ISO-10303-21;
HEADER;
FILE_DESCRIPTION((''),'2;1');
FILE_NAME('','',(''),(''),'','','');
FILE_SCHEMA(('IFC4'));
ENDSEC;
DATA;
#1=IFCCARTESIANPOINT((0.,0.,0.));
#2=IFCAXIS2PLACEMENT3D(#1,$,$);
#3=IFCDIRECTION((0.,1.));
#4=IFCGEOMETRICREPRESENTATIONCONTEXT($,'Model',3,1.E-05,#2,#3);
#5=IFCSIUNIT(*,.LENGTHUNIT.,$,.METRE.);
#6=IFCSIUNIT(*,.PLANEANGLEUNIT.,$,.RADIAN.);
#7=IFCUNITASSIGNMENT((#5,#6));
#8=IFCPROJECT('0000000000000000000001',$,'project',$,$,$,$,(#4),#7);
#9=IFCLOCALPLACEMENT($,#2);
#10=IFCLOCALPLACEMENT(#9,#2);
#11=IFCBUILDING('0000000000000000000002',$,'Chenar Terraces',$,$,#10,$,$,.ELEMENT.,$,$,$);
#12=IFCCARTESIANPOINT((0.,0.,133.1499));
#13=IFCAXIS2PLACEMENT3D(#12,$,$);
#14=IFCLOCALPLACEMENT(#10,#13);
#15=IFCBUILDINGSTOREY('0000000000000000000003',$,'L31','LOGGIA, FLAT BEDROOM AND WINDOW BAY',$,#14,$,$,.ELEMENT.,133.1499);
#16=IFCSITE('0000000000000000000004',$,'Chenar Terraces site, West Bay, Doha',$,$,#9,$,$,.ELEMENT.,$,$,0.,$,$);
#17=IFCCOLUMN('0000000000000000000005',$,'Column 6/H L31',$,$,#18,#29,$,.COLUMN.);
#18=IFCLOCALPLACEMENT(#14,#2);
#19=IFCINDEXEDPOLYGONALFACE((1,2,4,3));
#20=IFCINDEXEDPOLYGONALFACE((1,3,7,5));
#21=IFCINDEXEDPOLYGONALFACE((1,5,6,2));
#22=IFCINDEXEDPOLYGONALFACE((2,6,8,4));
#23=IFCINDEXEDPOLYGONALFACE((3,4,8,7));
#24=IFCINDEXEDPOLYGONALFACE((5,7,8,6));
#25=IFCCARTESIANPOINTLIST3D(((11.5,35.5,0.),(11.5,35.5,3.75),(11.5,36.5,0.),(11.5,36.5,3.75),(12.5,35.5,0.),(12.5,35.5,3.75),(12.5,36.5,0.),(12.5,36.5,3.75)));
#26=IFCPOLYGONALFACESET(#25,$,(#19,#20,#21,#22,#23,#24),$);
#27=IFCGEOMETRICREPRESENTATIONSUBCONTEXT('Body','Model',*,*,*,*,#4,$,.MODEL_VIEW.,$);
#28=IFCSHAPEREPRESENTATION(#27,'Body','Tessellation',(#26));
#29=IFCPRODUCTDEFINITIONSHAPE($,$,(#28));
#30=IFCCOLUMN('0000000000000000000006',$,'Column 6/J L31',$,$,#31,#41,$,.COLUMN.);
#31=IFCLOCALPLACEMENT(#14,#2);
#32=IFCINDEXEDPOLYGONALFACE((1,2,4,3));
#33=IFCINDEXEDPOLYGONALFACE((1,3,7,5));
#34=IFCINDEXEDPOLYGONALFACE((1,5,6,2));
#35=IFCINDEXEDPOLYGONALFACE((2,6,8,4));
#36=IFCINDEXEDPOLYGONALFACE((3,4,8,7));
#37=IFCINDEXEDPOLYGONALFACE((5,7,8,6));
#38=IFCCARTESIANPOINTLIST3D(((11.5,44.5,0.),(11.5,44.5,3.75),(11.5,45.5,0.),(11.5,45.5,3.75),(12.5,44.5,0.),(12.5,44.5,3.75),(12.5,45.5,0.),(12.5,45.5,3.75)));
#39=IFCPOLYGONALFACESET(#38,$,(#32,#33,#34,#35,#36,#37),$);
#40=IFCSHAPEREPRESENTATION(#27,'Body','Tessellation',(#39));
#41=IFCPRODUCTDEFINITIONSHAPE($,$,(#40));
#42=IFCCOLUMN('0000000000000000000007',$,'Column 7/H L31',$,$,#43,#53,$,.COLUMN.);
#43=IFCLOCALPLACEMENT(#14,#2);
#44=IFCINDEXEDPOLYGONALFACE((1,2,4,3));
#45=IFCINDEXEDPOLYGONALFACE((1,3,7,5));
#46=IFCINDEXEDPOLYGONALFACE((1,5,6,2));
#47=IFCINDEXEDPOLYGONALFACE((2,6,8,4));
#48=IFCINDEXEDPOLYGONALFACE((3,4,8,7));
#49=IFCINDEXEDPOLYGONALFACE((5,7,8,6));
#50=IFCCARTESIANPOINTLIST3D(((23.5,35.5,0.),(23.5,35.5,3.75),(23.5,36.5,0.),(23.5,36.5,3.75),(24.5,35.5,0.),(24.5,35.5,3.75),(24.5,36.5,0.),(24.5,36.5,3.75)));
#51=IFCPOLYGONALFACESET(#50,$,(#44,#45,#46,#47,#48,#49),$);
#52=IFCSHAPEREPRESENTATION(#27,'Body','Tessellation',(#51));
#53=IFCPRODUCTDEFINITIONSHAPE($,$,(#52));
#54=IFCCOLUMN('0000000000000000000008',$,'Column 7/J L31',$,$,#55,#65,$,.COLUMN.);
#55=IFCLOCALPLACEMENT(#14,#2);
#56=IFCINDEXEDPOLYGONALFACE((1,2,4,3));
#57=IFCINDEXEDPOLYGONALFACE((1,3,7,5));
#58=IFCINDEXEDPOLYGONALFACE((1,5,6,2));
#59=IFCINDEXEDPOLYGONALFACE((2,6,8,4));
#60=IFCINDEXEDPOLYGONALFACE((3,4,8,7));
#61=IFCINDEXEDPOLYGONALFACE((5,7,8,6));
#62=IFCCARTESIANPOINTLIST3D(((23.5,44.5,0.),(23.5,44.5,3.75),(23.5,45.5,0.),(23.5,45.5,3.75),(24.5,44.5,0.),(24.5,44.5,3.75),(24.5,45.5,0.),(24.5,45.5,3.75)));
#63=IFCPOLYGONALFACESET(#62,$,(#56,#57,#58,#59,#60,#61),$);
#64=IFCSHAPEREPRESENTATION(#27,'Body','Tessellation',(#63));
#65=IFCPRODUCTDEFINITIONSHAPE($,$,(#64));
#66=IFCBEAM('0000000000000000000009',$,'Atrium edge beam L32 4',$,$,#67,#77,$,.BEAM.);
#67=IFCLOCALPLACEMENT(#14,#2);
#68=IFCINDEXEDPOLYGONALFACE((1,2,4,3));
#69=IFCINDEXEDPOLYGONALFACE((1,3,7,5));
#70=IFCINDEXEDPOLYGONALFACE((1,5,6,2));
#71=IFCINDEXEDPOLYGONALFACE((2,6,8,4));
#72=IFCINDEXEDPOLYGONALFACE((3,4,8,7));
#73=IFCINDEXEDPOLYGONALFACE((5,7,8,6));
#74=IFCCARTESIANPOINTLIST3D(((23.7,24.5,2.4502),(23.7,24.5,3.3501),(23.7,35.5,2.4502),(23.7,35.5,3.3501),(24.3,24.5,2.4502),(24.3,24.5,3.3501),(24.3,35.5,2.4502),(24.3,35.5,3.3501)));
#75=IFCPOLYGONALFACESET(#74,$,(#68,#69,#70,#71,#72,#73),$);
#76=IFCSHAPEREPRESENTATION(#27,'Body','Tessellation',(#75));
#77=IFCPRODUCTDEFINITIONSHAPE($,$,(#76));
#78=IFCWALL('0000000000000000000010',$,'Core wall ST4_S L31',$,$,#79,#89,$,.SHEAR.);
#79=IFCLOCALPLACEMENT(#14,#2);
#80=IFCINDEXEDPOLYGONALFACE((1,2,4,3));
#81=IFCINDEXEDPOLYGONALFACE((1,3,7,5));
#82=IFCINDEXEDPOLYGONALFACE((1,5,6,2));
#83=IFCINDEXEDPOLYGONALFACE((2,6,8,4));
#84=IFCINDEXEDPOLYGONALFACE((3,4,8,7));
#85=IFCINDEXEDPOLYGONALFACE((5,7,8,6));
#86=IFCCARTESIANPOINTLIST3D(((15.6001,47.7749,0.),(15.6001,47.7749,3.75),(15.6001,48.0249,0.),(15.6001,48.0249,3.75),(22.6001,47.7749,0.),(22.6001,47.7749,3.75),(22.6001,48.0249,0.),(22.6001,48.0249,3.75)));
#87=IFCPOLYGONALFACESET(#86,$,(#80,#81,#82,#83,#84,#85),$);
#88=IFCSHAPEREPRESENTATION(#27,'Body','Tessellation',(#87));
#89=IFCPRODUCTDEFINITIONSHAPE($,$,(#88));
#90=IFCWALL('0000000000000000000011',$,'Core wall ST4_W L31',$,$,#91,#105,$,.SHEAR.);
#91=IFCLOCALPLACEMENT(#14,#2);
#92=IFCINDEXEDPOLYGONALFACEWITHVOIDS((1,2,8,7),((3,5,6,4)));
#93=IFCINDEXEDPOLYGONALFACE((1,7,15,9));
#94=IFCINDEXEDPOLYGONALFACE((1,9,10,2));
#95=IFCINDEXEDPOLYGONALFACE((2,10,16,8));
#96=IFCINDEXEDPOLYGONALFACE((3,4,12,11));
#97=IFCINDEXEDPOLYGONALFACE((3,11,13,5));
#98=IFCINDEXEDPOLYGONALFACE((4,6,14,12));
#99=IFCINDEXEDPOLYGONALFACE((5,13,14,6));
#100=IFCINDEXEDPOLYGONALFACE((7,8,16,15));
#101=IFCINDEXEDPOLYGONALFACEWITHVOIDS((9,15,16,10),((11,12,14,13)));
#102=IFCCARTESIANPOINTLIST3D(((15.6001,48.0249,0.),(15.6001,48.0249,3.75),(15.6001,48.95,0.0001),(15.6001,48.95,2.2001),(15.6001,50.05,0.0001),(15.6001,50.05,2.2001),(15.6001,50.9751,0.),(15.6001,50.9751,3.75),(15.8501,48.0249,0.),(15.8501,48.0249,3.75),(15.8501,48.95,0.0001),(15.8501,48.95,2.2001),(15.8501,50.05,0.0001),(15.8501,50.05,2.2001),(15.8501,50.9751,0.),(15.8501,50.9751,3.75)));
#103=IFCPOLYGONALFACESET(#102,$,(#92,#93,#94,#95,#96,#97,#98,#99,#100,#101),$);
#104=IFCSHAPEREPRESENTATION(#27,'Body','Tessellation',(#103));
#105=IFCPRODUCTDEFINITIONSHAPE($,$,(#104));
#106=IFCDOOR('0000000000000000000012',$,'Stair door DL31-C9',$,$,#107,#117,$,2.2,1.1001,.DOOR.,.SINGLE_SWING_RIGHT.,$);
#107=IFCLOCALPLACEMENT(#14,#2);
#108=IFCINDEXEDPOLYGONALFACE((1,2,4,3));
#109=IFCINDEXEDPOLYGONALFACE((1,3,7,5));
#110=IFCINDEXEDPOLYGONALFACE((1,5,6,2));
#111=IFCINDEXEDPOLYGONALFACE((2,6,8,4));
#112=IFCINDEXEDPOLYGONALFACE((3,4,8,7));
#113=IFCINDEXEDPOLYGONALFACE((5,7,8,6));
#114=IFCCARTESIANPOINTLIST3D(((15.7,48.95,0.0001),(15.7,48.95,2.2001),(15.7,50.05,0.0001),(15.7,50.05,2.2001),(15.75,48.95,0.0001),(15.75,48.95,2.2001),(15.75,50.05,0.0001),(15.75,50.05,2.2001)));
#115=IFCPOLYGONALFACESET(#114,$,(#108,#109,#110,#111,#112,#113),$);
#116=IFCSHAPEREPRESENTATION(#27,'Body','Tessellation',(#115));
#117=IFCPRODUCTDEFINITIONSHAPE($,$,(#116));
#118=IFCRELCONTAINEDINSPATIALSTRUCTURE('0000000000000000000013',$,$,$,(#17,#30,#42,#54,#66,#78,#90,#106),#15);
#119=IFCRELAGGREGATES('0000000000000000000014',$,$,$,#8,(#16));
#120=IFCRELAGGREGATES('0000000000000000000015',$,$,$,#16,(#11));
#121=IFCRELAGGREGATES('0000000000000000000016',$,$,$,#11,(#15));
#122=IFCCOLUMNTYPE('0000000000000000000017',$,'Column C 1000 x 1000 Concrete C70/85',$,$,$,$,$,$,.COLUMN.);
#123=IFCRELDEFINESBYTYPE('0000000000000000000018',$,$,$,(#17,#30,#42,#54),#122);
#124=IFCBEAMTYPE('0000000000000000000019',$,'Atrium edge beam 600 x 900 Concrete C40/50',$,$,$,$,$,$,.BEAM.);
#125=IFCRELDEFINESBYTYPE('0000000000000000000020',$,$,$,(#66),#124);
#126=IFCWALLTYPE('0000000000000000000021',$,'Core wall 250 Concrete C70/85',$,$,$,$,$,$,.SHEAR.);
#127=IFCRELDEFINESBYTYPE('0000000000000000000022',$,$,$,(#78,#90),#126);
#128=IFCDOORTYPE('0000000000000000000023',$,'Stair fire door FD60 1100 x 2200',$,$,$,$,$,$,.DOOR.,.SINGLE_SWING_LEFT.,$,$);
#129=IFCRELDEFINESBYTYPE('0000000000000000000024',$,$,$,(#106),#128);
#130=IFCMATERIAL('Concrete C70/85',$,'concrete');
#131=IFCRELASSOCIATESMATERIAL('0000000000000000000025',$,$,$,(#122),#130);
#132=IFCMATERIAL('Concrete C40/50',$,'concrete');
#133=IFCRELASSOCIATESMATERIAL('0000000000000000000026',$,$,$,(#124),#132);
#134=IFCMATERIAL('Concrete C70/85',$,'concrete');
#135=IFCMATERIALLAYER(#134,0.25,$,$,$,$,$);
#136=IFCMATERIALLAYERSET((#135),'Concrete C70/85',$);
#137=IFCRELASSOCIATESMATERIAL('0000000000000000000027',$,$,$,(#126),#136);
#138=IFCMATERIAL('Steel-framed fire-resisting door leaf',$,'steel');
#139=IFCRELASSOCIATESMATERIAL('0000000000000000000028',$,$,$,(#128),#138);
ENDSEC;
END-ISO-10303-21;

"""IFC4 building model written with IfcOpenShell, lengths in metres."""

from ifc_helpers import new_model, si_unit, direction, frame, frame_2d, origin, origin_2d, place, context, subcontext, project, spatial, rectangle, extrude, material, layer, layer_set, material_profile, profile_set, type_object, element, fill, save


model = new_model("IFC4")

# Units and contexts
model_context = context("Model", 3, precision=1e-05, world=origin(), true_north=direction((0.0, 1.0)))
body_context = subcontext(model_context, "Body", "Model", "MODEL_VIEW")
ifc_project = project(units=[si_unit("LENGTHUNIT", "METRE"), si_unit("PLANEANGLEUNIT", "RADIAN")], contexts=[model_context])

# Site, building, storey
site_placement = place(None, origin())
site = spatial("IfcSite", under=ifc_project, at=site_placement, Name="Chenar Terraces site, West Bay, Doha", CompositionType="ELEMENT", RefElevation=0.0)
building_placement = place(site_placement, origin())
building = spatial("IfcBuilding", under=site, at=building_placement, Name="Chenar Terraces", CompositionType="ELEMENT")
storey_placement = place(building_placement, frame((0.0, 0.0, 133.1499)))
storey = spatial("IfcBuildingStorey", under=building, at=storey_placement, Name="L31", Description="LOGGIA, FLAT BEDROOM AND WINDOW BAY", CompositionType="ELEMENT", Elevation=133.1499)

# Columns
ifc_material_1 = material(Name="Concrete C70/85", Category="concrete")
ifc_material_profile_1 = material_profile(ifc_material_1, rectangle(XDim=1.0, YDim=1.0, at=origin_2d()), Name="C 1000 x 1000")
ifc_profile_set_1 = profile_set([ifc_material_profile_1], Name="Concrete C70/85")
column_type = type_object("IfcColumnType", Name="Column C 1000 x 1000 Concrete C70/85", PredefinedType="COLUMN", material=ifc_profile_set_1)
for number, where, z_axis, x_axis, name in (
    (1, (12.0, 36.0, 0.0), (0.0, 0.0, 1.0), (1.0, 0.0, 0.0), "Column 6/H L31"),
    (2, (12.0, 45.0, 0.0), (0.0, 0.0, 1.0), (1.0, 0.0, 0.0), "Column 6/J L31"),
    (3, (24.0, 36.0, 0.0), (0.0, 0.0, 1.0), (1.0, 0.0, 0.0), "Column 7/H L31"),
    (4, (24.0, 45.0, 0.0), (0.0, 0.0, 1.0), (1.0, 0.0, 0.0), "Column 7/J L31"),
):
    element("IfcColumn", number, at=place(storey_placement, frame(where, z_axis=z_axis, x_axis=x_axis)), inside=storey, type_object=column_type, Name=name, PredefinedType="COLUMN", context=body_context, shape_type="SweptSolid", body=[
        extrude(rectangle(XDim=1.0, YDim=1.0, at=origin_2d()), origin(), (0.0, 0.0, 1.0), 3.75),
    ])

# Beam
ifc_material_2 = material(Name="Concrete C40/50", Category="concrete")
ifc_material_profile_2 = material_profile(ifc_material_2, rectangle(XDim=0.6001, YDim=0.8999, at=origin_2d()), Name="RC 600 x 900")
ifc_profile_set_2 = profile_set([ifc_material_profile_2], Name="Concrete C40/50")
beam_type = type_object("IfcBeamType", Name="Atrium edge beam 600 x 900 Concrete C40/50", PredefinedType="BEAM", material=ifc_profile_set_2)
beam_placement = place(storey_placement, frame((24.0, 35.5, 2.9001), z_axis=(0.0, -1.0, 0.0), x_axis=(1.0, 0.0, 0.0)))
element("IfcBeam", 5, at=beam_placement, inside=storey, type_object=beam_type, Name="Atrium edge beam L32 4", PredefinedType="BEAM", context=body_context, shape_type="SweptSolid", body=[
    extrude(rectangle(XDim=0.6001, YDim=0.8999, at=origin_2d()), origin(), (0.0, 0.0, 1.0), 11.0),
])

# Wall
ifc_material_3 = material(Name="Concrete C70/85", Category="concrete")
ifc_layer_1 = layer(ifc_material_3, 0.25)
ifc_layer_set_1 = layer_set([ifc_layer_1], Name="Concrete C70/85")
wall_type_1 = type_object("IfcWallType", Name="Core wall 250 Concrete C70/85", PredefinedType="SHEAR", material=ifc_layer_set_1)
wall_1_placement = place(storey_placement, frame((15.6001, 47.8999, 0.0), z_axis=(0.0, 0.0, 1.0), x_axis=(1.0, 0.0, 0.0)))
element("IfcWall", 6, at=wall_1_placement, inside=storey, type_object=wall_type_1, Name="Core wall ST4_S L31", PredefinedType="SHEAR", context=body_context, shape_type="SweptSolid", body=[
    extrude(rectangle(XDim=7.0, YDim=0.25, at=frame_2d((3.5, 0.0))), origin(), (0.0, 0.0, 1.0), 3.75),
])

# Wall, opening, door
wall_2_placement = place(storey_placement, frame((15.7251, 48.0249, 0.0), z_axis=(0.0, 0.0, 1.0), x_axis=(0.0, 1.0, 0.0)))
wall_2 = element("IfcWall", 7, at=wall_2_placement, inside=storey, type_object=wall_type_1, Name="Core wall ST4_W L31", PredefinedType="SHEAR", context=body_context, shape_type="SweptSolid", body=[
    extrude(rectangle(XDim=2.9502, YDim=0.25, at=frame_2d((1.4751, 0.0))), origin(), (0.0, 0.0, 1.0), 3.75),
])
opening_1_placement = place(wall_2_placement, frame((0.925, 0.0, 0.0)))
opening_1 = element("IfcOpeningElement", 8, at=opening_1_placement, cuts=wall_2, PredefinedType="OPENING", context=body_context, shape_type="SweptSolid", body=[
    extrude(rectangle(XDim=1.1001, YDim=2.2, at=frame_2d((0.55, 1.1001))), frame((0.0, 0.135, 0.0), z_axis=(0.0, -1.0, 0.0), x_axis=(1.0, 0.0, 0.0)), (0.0, 0.0, 1.0), 0.27),
])
ifc_material_4 = material(Name="Steel-framed fire-resisting door leaf", Category="steel")
door_type_1 = type_object("IfcDoorType", Name="Stair fire door FD60 1100 x 2200", OperationType="SINGLE_SWING_LEFT", PredefinedType="DOOR", material=ifc_material_4)
door_1_placement = place(opening_1_placement, frame((1.1001, 0.0, 0.0), z_axis=(0.0, 0.0, 1.0), x_axis=(-1.0, 0.0, 0.0)))
door_1 = element("IfcDoor", 9, at=door_1_placement, inside=storey, type_object=door_type_1, Name="Stair door DL31-C9", OperationType="SINGLE_SWING_RIGHT", OverallHeight=2.2, OverallWidth=1.1001, PredefinedType="DOOR", context=body_context, shape_type="SweptSolid", body=[
    extrude(rectangle(XDim=1.1001, YDim=2.2, at=frame_2d((0.55, 1.1001))), frame((0.0, 0.0249, 0.0), z_axis=(0.0, -1.0, 0.0), x_axis=(1.0, 0.0, 0.0)), (0.0, 0.0, 1.0), 0.05),
])
fill(opening_1, door_1)

save(model, "model.ifc")
